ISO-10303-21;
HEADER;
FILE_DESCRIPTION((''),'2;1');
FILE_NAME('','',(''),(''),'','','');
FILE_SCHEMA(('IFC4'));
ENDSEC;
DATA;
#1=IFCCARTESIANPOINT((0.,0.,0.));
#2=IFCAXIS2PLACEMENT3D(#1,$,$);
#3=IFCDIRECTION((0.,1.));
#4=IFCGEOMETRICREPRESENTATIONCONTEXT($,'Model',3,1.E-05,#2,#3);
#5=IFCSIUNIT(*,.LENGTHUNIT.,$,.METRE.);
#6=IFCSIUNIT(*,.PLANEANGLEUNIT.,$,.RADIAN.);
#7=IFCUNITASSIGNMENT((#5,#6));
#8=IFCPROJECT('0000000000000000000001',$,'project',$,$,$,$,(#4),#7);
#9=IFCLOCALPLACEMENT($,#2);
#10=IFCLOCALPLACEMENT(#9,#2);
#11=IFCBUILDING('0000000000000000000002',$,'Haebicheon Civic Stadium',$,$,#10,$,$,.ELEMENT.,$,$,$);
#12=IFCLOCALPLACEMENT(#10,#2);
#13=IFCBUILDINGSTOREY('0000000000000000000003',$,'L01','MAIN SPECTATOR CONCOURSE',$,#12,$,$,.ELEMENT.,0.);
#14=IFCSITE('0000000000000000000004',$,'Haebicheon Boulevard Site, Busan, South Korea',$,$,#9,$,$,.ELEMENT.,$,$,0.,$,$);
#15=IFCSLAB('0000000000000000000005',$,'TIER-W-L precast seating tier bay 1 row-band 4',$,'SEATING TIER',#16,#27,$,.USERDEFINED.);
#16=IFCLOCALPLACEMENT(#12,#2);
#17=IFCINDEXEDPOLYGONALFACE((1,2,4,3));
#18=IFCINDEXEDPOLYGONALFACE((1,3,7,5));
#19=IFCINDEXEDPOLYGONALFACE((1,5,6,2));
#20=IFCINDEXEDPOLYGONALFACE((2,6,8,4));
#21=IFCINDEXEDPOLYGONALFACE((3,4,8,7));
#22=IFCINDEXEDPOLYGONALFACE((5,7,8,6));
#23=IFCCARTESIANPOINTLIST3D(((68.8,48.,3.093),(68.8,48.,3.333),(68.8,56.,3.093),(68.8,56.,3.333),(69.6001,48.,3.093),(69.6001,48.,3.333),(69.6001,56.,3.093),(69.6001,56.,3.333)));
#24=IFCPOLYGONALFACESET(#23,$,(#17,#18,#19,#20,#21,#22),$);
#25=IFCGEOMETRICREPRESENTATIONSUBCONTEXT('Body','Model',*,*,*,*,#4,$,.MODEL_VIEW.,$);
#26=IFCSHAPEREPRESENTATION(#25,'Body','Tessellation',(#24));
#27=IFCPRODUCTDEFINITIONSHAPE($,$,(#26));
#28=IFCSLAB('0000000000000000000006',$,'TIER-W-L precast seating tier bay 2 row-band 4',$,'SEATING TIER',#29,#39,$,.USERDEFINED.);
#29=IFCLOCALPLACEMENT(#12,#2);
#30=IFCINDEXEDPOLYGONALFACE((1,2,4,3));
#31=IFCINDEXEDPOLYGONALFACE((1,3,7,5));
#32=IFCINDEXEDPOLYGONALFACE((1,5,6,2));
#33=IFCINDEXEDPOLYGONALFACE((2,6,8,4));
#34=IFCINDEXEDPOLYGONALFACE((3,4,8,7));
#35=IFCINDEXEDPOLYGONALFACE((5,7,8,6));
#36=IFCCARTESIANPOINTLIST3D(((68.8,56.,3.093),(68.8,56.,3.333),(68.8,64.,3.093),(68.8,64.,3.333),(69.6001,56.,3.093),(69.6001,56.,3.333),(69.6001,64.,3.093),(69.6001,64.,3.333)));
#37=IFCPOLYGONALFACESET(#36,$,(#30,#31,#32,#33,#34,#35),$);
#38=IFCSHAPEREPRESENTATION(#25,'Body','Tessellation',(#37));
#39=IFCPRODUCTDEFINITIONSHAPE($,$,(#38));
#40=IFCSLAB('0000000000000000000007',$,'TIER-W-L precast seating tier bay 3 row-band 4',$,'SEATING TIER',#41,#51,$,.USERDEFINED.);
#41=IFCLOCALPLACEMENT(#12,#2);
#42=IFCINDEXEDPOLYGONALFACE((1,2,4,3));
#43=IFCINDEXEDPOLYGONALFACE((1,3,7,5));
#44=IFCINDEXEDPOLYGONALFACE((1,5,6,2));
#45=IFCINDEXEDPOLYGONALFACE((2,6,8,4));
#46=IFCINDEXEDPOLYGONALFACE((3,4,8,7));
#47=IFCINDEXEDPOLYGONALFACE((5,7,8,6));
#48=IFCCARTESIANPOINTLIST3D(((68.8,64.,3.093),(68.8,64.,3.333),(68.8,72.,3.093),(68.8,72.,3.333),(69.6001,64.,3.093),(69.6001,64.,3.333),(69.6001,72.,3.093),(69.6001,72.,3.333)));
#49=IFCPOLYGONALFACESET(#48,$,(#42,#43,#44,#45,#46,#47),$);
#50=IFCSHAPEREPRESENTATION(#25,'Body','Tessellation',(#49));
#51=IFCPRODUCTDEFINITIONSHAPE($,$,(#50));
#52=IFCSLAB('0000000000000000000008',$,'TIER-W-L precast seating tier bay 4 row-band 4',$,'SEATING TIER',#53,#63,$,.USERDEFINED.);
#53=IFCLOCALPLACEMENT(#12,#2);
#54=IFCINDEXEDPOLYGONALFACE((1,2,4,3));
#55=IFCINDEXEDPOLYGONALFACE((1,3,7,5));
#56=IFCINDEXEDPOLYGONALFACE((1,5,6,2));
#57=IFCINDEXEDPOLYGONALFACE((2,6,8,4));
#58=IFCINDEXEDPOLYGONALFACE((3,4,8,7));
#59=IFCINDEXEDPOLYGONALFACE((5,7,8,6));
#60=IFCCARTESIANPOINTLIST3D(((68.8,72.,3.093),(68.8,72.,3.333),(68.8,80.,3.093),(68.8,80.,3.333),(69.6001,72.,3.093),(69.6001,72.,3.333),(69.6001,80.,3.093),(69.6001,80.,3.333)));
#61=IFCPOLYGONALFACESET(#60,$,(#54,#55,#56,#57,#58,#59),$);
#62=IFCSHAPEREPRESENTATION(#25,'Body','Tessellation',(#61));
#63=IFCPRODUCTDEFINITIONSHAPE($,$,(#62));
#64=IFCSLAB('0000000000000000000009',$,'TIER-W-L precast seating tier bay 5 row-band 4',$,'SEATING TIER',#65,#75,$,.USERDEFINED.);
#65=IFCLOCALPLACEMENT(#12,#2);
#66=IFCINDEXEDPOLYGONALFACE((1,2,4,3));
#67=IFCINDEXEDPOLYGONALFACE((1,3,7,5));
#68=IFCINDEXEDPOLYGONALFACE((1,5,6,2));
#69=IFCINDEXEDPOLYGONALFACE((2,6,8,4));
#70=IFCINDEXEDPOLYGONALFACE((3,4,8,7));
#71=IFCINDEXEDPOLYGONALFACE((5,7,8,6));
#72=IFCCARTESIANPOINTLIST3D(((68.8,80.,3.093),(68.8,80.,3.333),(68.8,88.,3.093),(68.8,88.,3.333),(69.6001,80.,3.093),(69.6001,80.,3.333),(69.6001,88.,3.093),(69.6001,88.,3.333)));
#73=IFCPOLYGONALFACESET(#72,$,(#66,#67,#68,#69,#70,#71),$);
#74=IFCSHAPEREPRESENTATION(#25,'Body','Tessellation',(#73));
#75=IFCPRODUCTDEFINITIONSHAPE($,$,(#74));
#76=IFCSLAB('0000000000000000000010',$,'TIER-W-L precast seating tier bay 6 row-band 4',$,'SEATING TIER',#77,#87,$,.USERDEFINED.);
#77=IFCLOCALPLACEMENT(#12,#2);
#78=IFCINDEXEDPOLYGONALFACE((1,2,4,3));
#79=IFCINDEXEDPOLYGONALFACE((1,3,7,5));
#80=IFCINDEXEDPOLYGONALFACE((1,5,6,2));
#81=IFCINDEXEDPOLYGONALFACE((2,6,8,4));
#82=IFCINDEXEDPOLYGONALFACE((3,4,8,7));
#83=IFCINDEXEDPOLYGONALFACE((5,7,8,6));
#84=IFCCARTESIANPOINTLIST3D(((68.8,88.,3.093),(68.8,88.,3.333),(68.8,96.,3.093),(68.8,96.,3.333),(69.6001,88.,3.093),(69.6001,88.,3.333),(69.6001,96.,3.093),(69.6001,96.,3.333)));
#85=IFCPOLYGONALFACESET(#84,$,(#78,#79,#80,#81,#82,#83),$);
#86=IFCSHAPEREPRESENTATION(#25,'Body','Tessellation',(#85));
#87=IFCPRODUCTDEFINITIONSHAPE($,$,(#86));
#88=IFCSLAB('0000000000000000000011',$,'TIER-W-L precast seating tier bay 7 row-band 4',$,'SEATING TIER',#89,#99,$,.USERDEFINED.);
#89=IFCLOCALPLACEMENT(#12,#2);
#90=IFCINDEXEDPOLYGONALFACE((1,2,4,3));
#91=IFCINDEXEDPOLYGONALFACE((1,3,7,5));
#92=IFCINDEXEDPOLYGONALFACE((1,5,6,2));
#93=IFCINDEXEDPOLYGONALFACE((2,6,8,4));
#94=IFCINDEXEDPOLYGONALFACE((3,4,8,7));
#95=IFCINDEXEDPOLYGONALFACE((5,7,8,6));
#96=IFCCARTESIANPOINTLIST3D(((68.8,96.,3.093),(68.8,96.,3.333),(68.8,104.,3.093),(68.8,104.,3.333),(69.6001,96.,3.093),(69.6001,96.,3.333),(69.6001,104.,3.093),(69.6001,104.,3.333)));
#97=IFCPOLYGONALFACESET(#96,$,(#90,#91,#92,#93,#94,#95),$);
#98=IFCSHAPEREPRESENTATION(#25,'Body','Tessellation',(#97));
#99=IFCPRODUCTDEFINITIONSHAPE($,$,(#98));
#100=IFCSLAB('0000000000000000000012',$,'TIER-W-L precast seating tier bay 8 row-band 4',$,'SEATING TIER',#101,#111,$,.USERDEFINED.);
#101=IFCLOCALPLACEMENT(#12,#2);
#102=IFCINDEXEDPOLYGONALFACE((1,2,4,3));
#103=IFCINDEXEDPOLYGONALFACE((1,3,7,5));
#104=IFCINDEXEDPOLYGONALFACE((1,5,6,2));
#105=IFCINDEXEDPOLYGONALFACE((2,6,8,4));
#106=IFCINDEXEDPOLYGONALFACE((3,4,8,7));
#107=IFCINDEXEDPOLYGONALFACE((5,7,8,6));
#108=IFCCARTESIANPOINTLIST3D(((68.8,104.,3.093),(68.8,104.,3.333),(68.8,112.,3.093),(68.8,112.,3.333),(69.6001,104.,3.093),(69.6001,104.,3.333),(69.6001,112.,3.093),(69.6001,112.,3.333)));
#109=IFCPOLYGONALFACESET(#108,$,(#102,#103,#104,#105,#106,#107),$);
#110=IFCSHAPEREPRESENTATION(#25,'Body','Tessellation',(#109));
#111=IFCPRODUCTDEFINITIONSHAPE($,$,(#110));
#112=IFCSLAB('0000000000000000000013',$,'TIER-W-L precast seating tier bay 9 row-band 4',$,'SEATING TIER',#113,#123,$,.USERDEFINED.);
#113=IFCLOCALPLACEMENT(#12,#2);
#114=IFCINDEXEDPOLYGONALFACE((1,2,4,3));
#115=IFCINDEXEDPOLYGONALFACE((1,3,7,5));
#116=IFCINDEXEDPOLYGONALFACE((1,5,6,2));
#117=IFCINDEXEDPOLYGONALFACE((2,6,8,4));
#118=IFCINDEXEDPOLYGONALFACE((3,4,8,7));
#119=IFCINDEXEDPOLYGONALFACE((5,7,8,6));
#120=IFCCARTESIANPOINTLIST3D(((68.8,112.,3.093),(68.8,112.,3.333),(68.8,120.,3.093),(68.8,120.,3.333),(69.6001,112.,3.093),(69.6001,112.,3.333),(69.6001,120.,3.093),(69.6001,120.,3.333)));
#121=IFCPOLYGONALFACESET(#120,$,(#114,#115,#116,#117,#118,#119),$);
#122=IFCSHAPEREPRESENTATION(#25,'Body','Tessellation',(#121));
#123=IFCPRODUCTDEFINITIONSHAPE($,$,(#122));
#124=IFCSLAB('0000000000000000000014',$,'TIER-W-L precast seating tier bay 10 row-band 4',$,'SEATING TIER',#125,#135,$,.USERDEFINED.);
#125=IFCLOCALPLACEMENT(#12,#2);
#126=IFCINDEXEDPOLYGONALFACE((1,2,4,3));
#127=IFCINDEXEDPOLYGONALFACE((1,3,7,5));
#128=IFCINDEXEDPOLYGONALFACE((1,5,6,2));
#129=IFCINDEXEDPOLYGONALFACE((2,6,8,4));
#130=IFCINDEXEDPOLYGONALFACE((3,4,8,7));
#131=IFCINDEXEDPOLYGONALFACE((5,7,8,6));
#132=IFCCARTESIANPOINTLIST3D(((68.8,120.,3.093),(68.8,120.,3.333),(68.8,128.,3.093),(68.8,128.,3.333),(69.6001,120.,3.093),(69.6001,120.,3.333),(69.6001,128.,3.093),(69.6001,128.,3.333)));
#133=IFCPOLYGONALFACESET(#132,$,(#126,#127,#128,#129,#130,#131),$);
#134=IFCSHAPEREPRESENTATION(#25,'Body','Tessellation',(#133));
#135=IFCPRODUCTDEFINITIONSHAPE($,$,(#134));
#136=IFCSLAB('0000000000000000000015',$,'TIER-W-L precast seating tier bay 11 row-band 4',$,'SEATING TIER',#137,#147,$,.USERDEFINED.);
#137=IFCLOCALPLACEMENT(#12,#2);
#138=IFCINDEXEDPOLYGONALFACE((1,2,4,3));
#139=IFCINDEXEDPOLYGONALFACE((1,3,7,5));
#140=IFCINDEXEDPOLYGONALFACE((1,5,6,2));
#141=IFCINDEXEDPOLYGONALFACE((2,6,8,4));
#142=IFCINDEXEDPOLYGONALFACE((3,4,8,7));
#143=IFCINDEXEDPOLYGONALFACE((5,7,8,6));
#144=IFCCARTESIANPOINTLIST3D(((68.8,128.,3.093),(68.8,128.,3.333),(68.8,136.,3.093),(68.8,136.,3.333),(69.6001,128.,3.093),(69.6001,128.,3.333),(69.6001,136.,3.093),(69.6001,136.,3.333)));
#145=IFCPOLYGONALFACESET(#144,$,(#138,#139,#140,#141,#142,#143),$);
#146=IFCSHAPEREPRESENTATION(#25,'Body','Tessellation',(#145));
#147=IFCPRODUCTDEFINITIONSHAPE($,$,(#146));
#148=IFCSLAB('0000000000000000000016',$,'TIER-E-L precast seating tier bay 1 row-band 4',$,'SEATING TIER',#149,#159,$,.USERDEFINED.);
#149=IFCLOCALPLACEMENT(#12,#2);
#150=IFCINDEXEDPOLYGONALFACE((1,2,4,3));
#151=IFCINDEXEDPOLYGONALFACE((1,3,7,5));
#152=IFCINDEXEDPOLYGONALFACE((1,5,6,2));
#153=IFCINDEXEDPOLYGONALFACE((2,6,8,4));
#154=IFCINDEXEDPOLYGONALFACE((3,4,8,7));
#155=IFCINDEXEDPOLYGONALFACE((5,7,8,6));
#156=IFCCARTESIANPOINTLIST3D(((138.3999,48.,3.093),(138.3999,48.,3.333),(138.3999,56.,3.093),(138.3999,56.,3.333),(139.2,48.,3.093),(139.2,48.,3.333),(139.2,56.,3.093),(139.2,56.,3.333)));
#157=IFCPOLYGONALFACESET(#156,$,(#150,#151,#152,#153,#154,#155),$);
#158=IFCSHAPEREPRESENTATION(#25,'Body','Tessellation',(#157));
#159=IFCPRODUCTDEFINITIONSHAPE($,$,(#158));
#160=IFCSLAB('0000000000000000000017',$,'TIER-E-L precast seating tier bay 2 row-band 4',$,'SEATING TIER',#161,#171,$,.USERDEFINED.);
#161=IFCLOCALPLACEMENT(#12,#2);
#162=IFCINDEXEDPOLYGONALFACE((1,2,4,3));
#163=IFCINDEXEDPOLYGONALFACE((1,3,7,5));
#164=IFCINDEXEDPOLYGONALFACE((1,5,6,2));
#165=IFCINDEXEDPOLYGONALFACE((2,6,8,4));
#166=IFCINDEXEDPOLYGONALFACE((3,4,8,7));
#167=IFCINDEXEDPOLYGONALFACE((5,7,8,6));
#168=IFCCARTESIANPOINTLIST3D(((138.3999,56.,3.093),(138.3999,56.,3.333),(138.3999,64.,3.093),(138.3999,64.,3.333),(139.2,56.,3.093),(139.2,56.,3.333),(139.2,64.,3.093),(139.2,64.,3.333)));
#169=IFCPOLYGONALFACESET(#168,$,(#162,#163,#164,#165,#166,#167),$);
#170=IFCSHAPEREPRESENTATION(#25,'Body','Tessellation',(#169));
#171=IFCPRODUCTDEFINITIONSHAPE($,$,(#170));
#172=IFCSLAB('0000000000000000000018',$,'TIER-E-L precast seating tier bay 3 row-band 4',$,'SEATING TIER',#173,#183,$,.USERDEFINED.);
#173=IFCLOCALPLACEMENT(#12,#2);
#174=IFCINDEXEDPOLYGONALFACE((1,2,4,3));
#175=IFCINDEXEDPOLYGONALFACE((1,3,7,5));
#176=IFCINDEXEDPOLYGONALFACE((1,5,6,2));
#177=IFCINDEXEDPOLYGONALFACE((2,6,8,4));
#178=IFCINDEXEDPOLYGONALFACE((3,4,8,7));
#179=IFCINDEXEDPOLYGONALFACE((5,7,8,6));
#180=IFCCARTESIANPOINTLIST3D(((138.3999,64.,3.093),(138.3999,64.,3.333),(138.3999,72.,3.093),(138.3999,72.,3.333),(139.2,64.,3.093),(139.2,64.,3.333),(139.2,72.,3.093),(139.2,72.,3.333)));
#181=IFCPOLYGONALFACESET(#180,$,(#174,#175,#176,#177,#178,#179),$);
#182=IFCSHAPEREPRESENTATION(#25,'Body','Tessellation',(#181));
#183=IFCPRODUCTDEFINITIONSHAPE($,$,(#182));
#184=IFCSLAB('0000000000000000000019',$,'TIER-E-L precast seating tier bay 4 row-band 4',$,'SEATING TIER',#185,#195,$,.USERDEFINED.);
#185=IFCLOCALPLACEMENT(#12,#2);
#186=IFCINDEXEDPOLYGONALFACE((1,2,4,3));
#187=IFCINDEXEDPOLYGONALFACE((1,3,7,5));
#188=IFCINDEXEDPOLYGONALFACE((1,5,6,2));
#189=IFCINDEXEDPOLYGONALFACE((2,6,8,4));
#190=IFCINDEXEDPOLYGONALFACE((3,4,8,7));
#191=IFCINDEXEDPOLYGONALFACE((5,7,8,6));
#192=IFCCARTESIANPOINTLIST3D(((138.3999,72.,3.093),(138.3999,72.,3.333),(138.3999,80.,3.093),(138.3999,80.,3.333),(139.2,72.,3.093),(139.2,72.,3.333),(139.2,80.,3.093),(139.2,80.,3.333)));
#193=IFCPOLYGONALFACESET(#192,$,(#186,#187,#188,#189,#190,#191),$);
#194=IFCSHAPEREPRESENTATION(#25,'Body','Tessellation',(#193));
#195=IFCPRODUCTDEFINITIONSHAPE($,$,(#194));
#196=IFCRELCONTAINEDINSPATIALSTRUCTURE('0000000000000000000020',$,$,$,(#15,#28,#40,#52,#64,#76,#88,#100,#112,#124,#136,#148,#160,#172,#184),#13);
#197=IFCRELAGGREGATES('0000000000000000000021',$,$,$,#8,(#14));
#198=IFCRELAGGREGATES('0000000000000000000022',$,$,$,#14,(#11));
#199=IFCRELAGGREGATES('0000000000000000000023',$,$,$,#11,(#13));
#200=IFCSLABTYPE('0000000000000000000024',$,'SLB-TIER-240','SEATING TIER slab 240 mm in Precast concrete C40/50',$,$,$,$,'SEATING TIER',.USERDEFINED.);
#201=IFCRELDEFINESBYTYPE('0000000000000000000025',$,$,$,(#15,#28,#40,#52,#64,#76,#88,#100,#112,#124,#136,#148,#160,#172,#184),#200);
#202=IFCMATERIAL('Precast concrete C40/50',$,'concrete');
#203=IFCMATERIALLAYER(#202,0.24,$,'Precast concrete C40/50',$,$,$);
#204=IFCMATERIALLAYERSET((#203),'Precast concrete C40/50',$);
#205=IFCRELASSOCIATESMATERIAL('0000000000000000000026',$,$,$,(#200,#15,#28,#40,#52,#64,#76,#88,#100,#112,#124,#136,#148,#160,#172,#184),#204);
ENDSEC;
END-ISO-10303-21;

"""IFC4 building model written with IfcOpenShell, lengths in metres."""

from ifc_helpers import new_model, si_unit, direction, frame, origin, place, context, subcontext, project, spatial, polyline, outline, extrude, material, layer, layer_set, type_object, element, save


model = new_model("IFC4")

# Units and contexts
model_context = context("Model", 3, precision=1e-05, world=origin(), true_north=direction((0.0, 1.0)))
body_context = subcontext(model_context, "Body", "Model", "MODEL_VIEW")
ifc_project = project(units=[si_unit("LENGTHUNIT", "METRE"), si_unit("PLANEANGLEUNIT", "RADIAN")], contexts=[model_context])

# Site, building, storey
site_placement = place(None, origin())
site = spatial("IfcSite", under=ifc_project, at=site_placement, Name="Haebicheon Boulevard Site, Busan, South Korea", CompositionType="ELEMENT", RefElevation=0.0)
building_placement = place(site_placement, origin())
building = spatial("IfcBuilding", under=site, at=building_placement, Name="Haebicheon Civic Stadium", CompositionType="ELEMENT")
storey_placement = place(building_placement, origin())
storey = spatial("IfcBuildingStorey", under=building, at=storey_placement, Name="L01", Description="MAIN SPECTATOR CONCOURSE", CompositionType="ELEMENT", Elevation=0.0)

# Slabs
ifc_material = material(Name="Precast concrete C40/50", Category="concrete")
ifc_layer = layer(ifc_material, 0.24, Name="Precast concrete C40/50")
ifc_layer_set = layer_set([ifc_layer], Name="Precast concrete C40/50")
slab_type = type_object("IfcSlabType", Name="SLB-TIER-240", Description="SEATING TIER slab 240 mm in Precast concrete C40/50", ElementType="SEATING TIER", PredefinedType="USERDEFINED", material=ifc_layer_set)
slab_1_placement = place(storey_placement, frame((0.0, 0.0, 3.093)))
element("IfcSlab", 1, at=slab_1_placement, inside=storey, type_object=slab_type, material=ifc_layer_set, Name="TIER-W-L precast seating tier bay 1 row-band 4", ObjectType="SEATING TIER", PredefinedType="USERDEFINED", context=body_context, shape_type="SweptSolid", body=[
    extrude(outline(polyline([(68.8, 48.0), (69.6001, 48.0), (69.6001, 56.0), (68.8, 56.0), (68.8, 48.0)])), origin(), (0.0, 0.0, 1.0), 0.24),
])
slab_2_placement = place(storey_placement, frame((0.0, 0.0, 3.093)))
element("IfcSlab", 2, at=slab_2_placement, inside=storey, type_object=slab_type, material=ifc_layer_set, Name="TIER-W-L precast seating tier bay 2 row-band 4", ObjectType="SEATING TIER", PredefinedType="USERDEFINED", context=body_context, shape_type="SweptSolid", body=[
    extrude(outline(polyline([(68.8, 56.0), (69.6001, 56.0), (69.6001, 64.0), (68.8, 64.0), (68.8, 56.0)])), origin(), (0.0, 0.0, 1.0), 0.24),
])
slab_3_placement = place(storey_placement, frame((0.0, 0.0, 3.093)))
element("IfcSlab", 3, at=slab_3_placement, inside=storey, type_object=slab_type, material=ifc_layer_set, Name="TIER-W-L precast seating tier bay 3 row-band 4", ObjectType="SEATING TIER", PredefinedType="USERDEFINED", context=body_context, shape_type="SweptSolid", body=[
    extrude(outline(polyline([(68.8, 64.0), (69.6001, 64.0), (69.6001, 72.0), (68.8, 72.0), (68.8, 64.0)])), origin(), (0.0, 0.0, 1.0), 0.24),
])
slab_4_placement = place(storey_placement, frame((0.0, 0.0, 3.093)))
element("IfcSlab", 4, at=slab_4_placement, inside=storey, type_object=slab_type, material=ifc_layer_set, Name="TIER-W-L precast seating tier bay 4 row-band 4", ObjectType="SEATING TIER", PredefinedType="USERDEFINED", context=body_context, shape_type="SweptSolid", body=[
    extrude(outline(polyline([(68.8, 72.0), (69.6001, 72.0), (69.6001, 80.0), (68.8, 80.0), (68.8, 72.0)])), origin(), (0.0, 0.0, 1.0), 0.24),
])
slab_5_placement = place(storey_placement, frame((0.0, 0.0, 3.093)))
element("IfcSlab", 5, at=slab_5_placement, inside=storey, type_object=slab_type, material=ifc_layer_set, Name="TIER-W-L precast seating tier bay 5 row-band 4", ObjectType="SEATING TIER", PredefinedType="USERDEFINED", context=body_context, shape_type="SweptSolid", body=[
    extrude(outline(polyline([(68.8, 80.0), (69.6001, 80.0), (69.6001, 88.0), (68.8, 88.0), (68.8, 80.0)])), origin(), (0.0, 0.0, 1.0), 0.24),
])
slab_6_placement = place(storey_placement, frame((0.0, 0.0, 3.093)))
element("IfcSlab", 6, at=slab_6_placement, inside=storey, type_object=slab_type, material=ifc_layer_set, Name="TIER-W-L precast seating tier bay 6 row-band 4", ObjectType="SEATING TIER", PredefinedType="USERDEFINED", context=body_context, shape_type="SweptSolid", body=[
    extrude(outline(polyline([(68.8, 88.0), (69.6001, 88.0), (69.6001, 96.0), (68.8, 96.0), (68.8, 88.0)])), origin(), (0.0, 0.0, 1.0), 0.24),
])
slab_7_placement = place(storey_placement, frame((0.0, 0.0, 3.093)))
element("IfcSlab", 7, at=slab_7_placement, inside=storey, type_object=slab_type, material=ifc_layer_set, Name="TIER-W-L precast seating tier bay 7 row-band 4", ObjectType="SEATING TIER", PredefinedType="USERDEFINED", context=body_context, shape_type="SweptSolid", body=[
    extrude(outline(polyline([(68.8, 96.0), (69.6001, 96.0), (69.6001, 104.0), (68.8, 104.0), (68.8, 96.0)])), origin(), (0.0, 0.0, 1.0), 0.24),
])
slab_8_placement = place(storey_placement, frame((0.0, 0.0, 3.093)))
element("IfcSlab", 8, at=slab_8_placement, inside=storey, type_object=slab_type, material=ifc_layer_set, Name="TIER-W-L precast seating tier bay 8 row-band 4", ObjectType="SEATING TIER", PredefinedType="USERDEFINED", context=body_context, shape_type="SweptSolid", body=[
    extrude(outline(polyline([(68.8, 104.0), (69.6001, 104.0), (69.6001, 112.0), (68.8, 112.0), (68.8, 104.0)])), origin(), (0.0, 0.0, 1.0), 0.24),
])
slab_9_placement = place(storey_placement, frame((0.0, 0.0, 3.093)))
element("IfcSlab", 9, at=slab_9_placement, inside=storey, type_object=slab_type, material=ifc_layer_set, Name="TIER-W-L precast seating tier bay 9 row-band 4", ObjectType="SEATING TIER", PredefinedType="USERDEFINED", context=body_context, shape_type="SweptSolid", body=[
    extrude(outline(polyline([(68.8, 112.0), (69.6001, 112.0), (69.6001, 120.0), (68.8, 120.0), (68.8, 112.0)])), origin(), (0.0, 0.0, 1.0), 0.24),
])
slab_10_placement = place(storey_placement, frame((0.0, 0.0, 3.093)))
element("IfcSlab", 10, at=slab_10_placement, inside=storey, type_object=slab_type, material=ifc_layer_set, Name="TIER-W-L precast seating tier bay 10 row-band 4", ObjectType="SEATING TIER", PredefinedType="USERDEFINED", context=body_context, shape_type="SweptSolid", body=[
    extrude(outline(polyline([(68.8, 120.0), (69.6001, 120.0), (69.6001, 128.0), (68.8, 128.0), (68.8, 120.0)])), origin(), (0.0, 0.0, 1.0), 0.24),
])
slab_11_placement = place(storey_placement, frame((0.0, 0.0, 3.093)))
element("IfcSlab", 11, at=slab_11_placement, inside=storey, type_object=slab_type, material=ifc_layer_set, Name="TIER-W-L precast seating tier bay 11 row-band 4", ObjectType="SEATING TIER", PredefinedType="USERDEFINED", context=body_context, shape_type="SweptSolid", body=[
    extrude(outline(polyline([(68.8, 128.0), (69.6001, 128.0), (69.6001, 136.0), (68.8, 136.0), (68.8, 128.0)])), origin(), (0.0, 0.0, 1.0), 0.24),
])
slab_12_placement = place(storey_placement, frame((0.0, 0.0, 3.093)))
element("IfcSlab", 12, at=slab_12_placement, inside=storey, type_object=slab_type, material=ifc_layer_set, Name="TIER-E-L precast seating tier bay 1 row-band 4", ObjectType="SEATING TIER", PredefinedType="USERDEFINED", context=body_context, shape_type="SweptSolid", body=[
    extrude(outline(polyline([(138.3999, 48.0), (139.2, 48.0), (139.2, 56.0), (138.3999, 56.0), (138.3999, 48.0)])), origin(), (0.0, 0.0, 1.0), 0.24),
])
slab_13_placement = place(storey_placement, frame((0.0, 0.0, 3.093)))
element("IfcSlab", 13, at=slab_13_placement, inside=storey, type_object=slab_type, material=ifc_layer_set, Name="TIER-E-L precast seating tier bay 2 row-band 4", ObjectType="SEATING TIER", PredefinedType="USERDEFINED", context=body_context, shape_type="SweptSolid", body=[
    extrude(outline(polyline([(138.3999, 56.0), (139.2, 56.0), (139.2, 64.0), (138.3999, 64.0), (138.3999, 56.0)])), origin(), (0.0, 0.0, 1.0), 0.24),
])
slab_14_placement = place(storey_placement, frame((0.0, 0.0, 3.093)))
element("IfcSlab", 14, at=slab_14_placement, inside=storey, type_object=slab_type, material=ifc_layer_set, Name="TIER-E-L precast seating tier bay 3 row-band 4", ObjectType="SEATING TIER", PredefinedType="USERDEFINED", context=body_context, shape_type="SweptSolid", body=[
    extrude(outline(polyline([(138.3999, 64.0), (139.2, 64.0), (139.2, 72.0), (138.3999, 72.0), (138.3999, 64.0)])), origin(), (0.0, 0.0, 1.0), 0.24),
])
slab_15_placement = place(storey_placement, frame((0.0, 0.0, 3.093)))
element("IfcSlab", 15, at=slab_15_placement, inside=storey, type_object=slab_type, material=ifc_layer_set, Name="TIER-E-L precast seating tier bay 4 row-band 4", ObjectType="SEATING TIER", PredefinedType="USERDEFINED", context=body_context, shape_type="SweptSolid", body=[
    extrude(outline(polyline([(138.3999, 72.0), (139.2, 72.0), (139.2, 80.0), (138.3999, 80.0), (138.3999, 72.0)])), origin(), (0.0, 0.0, 1.0), 0.24),
])

save(model, "model.ifc")
